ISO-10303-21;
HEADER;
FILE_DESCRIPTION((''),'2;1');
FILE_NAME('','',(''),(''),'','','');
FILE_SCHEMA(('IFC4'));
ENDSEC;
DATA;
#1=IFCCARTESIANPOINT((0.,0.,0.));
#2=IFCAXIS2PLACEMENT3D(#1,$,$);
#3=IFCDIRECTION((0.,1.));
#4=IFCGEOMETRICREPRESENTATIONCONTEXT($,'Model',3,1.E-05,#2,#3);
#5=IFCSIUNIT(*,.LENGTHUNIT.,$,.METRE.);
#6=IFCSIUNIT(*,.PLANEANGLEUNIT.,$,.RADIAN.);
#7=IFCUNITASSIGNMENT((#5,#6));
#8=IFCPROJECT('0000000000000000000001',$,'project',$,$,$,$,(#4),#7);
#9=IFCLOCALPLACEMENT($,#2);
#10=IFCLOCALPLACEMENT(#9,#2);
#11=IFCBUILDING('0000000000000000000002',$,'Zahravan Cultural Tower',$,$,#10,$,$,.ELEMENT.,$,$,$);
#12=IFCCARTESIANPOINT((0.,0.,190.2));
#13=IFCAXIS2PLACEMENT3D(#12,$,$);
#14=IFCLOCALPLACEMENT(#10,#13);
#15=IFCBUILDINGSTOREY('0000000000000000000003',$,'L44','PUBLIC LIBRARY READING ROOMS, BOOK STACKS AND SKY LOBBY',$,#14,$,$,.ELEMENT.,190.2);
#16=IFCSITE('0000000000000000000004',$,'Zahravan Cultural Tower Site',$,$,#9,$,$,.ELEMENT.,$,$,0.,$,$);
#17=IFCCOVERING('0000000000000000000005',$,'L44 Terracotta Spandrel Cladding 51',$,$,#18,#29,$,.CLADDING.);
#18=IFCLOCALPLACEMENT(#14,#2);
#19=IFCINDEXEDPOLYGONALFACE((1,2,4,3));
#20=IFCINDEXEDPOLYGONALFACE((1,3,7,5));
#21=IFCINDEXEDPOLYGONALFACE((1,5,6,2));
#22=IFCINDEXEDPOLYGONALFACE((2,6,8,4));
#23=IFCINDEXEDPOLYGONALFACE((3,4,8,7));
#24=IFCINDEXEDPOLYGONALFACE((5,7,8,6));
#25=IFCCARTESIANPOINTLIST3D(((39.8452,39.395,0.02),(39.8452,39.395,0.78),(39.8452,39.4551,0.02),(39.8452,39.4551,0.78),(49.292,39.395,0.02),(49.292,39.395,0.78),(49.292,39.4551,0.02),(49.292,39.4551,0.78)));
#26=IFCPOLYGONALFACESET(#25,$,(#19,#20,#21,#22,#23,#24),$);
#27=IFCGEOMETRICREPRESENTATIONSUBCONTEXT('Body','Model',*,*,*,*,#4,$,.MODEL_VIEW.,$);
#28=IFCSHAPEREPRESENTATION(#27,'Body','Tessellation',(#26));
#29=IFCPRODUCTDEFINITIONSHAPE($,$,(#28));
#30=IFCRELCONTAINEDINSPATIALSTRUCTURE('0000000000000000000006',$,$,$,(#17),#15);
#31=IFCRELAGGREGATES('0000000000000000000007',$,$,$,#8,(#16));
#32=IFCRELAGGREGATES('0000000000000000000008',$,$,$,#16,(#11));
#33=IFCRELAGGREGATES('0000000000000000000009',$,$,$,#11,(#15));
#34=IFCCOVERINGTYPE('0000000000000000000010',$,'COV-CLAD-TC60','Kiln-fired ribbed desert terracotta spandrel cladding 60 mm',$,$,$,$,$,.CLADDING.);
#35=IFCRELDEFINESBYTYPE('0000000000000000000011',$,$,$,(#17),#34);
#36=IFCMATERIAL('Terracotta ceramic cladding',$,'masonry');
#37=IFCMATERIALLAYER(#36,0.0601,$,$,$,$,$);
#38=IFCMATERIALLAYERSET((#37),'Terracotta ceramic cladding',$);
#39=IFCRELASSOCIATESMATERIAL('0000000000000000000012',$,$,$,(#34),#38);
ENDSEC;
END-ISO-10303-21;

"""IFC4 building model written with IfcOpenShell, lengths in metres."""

from ifc_helpers import new_model, si_unit, direction, frame, origin, origin_2d, place, context, subcontext, project, spatial, rectangle, extrude, source, transform, mapped, material, layer, layer_set, type_object, element, save


model = new_model("IFC4")

# Units and contexts
model_context = context("Model", 3, precision=1e-05, world=origin(), true_north=direction((0.0, 1.0)))
body_context = subcontext(model_context, "Body", "Model", "MODEL_VIEW")
ifc_project = project(units=[si_unit("LENGTHUNIT", "METRE"), si_unit("PLANEANGLEUNIT", "RADIAN")], contexts=[model_context])

# Site, building, storey
site_placement = place(None, origin())
site = spatial("IfcSite", under=ifc_project, at=site_placement, Name="Zahravan Cultural Tower Site", CompositionType="ELEMENT", RefElevation=0.0)
building_placement = place(site_placement, origin())
building = spatial("IfcBuilding", under=site, at=building_placement, Name="Zahravan Cultural Tower", CompositionType="ELEMENT")
storey_placement = place(building_placement, frame((0.0, 0.0, 190.2)))
storey = spatial("IfcBuildingStorey", under=building, at=storey_placement, Name="L44", Description="PUBLIC LIBRARY READING ROOMS, BOOK STACKS AND SKY LOBBY", CompositionType="ELEMENT", Elevation=190.2)

# Covering
ifc_material_1 = material(Name="Terracotta ceramic cladding", Category="masonry")
ifc_layer_1 = layer(ifc_material_1, 0.0601)
ifc_layer_set_1 = layer_set([ifc_layer_1], Name="Terracotta ceramic cladding")
covering_type = type_object("IfcCoveringType", Name="COV-CLAD-TC60", Description="Kiln-fired ribbed desert terracotta spandrel cladding 60 mm", PredefinedType="CLADDING", material=ifc_layer_set_1)
shared_shape_1 = source(origin(), body_context, "Body", "SweptSolid", [
    extrude(rectangle(XDim=9.4468, YDim=0.0601, at=origin_2d()), origin(), (0.0, 0.0, 1.0), 0.76),
])
covering_1_placement = place(storey_placement, frame((44.5686, 39.425, 0.02), z_axis=(0.0, 0.0, 1.0), x_axis=(1.0, 0.0, 0.0)))
element("IfcCovering", 1, at=covering_1_placement, inside=storey, type_object=covering_type, Name="L44 Terracotta Spandrel Cladding 51", PredefinedType="CLADDING", context=body_context, shape_type="MappedRepresentation", body=[
    mapped(shared_shape_1, transform((0.0, 0.0, 0.0), x_axis=(1.0, 0.0, 0.0), y_axis=(0.0, 1.0, 0.0), z_axis=(0.0, 0.0, 1.0), scale=1.0)),
])

save(model, "model.ifc")
